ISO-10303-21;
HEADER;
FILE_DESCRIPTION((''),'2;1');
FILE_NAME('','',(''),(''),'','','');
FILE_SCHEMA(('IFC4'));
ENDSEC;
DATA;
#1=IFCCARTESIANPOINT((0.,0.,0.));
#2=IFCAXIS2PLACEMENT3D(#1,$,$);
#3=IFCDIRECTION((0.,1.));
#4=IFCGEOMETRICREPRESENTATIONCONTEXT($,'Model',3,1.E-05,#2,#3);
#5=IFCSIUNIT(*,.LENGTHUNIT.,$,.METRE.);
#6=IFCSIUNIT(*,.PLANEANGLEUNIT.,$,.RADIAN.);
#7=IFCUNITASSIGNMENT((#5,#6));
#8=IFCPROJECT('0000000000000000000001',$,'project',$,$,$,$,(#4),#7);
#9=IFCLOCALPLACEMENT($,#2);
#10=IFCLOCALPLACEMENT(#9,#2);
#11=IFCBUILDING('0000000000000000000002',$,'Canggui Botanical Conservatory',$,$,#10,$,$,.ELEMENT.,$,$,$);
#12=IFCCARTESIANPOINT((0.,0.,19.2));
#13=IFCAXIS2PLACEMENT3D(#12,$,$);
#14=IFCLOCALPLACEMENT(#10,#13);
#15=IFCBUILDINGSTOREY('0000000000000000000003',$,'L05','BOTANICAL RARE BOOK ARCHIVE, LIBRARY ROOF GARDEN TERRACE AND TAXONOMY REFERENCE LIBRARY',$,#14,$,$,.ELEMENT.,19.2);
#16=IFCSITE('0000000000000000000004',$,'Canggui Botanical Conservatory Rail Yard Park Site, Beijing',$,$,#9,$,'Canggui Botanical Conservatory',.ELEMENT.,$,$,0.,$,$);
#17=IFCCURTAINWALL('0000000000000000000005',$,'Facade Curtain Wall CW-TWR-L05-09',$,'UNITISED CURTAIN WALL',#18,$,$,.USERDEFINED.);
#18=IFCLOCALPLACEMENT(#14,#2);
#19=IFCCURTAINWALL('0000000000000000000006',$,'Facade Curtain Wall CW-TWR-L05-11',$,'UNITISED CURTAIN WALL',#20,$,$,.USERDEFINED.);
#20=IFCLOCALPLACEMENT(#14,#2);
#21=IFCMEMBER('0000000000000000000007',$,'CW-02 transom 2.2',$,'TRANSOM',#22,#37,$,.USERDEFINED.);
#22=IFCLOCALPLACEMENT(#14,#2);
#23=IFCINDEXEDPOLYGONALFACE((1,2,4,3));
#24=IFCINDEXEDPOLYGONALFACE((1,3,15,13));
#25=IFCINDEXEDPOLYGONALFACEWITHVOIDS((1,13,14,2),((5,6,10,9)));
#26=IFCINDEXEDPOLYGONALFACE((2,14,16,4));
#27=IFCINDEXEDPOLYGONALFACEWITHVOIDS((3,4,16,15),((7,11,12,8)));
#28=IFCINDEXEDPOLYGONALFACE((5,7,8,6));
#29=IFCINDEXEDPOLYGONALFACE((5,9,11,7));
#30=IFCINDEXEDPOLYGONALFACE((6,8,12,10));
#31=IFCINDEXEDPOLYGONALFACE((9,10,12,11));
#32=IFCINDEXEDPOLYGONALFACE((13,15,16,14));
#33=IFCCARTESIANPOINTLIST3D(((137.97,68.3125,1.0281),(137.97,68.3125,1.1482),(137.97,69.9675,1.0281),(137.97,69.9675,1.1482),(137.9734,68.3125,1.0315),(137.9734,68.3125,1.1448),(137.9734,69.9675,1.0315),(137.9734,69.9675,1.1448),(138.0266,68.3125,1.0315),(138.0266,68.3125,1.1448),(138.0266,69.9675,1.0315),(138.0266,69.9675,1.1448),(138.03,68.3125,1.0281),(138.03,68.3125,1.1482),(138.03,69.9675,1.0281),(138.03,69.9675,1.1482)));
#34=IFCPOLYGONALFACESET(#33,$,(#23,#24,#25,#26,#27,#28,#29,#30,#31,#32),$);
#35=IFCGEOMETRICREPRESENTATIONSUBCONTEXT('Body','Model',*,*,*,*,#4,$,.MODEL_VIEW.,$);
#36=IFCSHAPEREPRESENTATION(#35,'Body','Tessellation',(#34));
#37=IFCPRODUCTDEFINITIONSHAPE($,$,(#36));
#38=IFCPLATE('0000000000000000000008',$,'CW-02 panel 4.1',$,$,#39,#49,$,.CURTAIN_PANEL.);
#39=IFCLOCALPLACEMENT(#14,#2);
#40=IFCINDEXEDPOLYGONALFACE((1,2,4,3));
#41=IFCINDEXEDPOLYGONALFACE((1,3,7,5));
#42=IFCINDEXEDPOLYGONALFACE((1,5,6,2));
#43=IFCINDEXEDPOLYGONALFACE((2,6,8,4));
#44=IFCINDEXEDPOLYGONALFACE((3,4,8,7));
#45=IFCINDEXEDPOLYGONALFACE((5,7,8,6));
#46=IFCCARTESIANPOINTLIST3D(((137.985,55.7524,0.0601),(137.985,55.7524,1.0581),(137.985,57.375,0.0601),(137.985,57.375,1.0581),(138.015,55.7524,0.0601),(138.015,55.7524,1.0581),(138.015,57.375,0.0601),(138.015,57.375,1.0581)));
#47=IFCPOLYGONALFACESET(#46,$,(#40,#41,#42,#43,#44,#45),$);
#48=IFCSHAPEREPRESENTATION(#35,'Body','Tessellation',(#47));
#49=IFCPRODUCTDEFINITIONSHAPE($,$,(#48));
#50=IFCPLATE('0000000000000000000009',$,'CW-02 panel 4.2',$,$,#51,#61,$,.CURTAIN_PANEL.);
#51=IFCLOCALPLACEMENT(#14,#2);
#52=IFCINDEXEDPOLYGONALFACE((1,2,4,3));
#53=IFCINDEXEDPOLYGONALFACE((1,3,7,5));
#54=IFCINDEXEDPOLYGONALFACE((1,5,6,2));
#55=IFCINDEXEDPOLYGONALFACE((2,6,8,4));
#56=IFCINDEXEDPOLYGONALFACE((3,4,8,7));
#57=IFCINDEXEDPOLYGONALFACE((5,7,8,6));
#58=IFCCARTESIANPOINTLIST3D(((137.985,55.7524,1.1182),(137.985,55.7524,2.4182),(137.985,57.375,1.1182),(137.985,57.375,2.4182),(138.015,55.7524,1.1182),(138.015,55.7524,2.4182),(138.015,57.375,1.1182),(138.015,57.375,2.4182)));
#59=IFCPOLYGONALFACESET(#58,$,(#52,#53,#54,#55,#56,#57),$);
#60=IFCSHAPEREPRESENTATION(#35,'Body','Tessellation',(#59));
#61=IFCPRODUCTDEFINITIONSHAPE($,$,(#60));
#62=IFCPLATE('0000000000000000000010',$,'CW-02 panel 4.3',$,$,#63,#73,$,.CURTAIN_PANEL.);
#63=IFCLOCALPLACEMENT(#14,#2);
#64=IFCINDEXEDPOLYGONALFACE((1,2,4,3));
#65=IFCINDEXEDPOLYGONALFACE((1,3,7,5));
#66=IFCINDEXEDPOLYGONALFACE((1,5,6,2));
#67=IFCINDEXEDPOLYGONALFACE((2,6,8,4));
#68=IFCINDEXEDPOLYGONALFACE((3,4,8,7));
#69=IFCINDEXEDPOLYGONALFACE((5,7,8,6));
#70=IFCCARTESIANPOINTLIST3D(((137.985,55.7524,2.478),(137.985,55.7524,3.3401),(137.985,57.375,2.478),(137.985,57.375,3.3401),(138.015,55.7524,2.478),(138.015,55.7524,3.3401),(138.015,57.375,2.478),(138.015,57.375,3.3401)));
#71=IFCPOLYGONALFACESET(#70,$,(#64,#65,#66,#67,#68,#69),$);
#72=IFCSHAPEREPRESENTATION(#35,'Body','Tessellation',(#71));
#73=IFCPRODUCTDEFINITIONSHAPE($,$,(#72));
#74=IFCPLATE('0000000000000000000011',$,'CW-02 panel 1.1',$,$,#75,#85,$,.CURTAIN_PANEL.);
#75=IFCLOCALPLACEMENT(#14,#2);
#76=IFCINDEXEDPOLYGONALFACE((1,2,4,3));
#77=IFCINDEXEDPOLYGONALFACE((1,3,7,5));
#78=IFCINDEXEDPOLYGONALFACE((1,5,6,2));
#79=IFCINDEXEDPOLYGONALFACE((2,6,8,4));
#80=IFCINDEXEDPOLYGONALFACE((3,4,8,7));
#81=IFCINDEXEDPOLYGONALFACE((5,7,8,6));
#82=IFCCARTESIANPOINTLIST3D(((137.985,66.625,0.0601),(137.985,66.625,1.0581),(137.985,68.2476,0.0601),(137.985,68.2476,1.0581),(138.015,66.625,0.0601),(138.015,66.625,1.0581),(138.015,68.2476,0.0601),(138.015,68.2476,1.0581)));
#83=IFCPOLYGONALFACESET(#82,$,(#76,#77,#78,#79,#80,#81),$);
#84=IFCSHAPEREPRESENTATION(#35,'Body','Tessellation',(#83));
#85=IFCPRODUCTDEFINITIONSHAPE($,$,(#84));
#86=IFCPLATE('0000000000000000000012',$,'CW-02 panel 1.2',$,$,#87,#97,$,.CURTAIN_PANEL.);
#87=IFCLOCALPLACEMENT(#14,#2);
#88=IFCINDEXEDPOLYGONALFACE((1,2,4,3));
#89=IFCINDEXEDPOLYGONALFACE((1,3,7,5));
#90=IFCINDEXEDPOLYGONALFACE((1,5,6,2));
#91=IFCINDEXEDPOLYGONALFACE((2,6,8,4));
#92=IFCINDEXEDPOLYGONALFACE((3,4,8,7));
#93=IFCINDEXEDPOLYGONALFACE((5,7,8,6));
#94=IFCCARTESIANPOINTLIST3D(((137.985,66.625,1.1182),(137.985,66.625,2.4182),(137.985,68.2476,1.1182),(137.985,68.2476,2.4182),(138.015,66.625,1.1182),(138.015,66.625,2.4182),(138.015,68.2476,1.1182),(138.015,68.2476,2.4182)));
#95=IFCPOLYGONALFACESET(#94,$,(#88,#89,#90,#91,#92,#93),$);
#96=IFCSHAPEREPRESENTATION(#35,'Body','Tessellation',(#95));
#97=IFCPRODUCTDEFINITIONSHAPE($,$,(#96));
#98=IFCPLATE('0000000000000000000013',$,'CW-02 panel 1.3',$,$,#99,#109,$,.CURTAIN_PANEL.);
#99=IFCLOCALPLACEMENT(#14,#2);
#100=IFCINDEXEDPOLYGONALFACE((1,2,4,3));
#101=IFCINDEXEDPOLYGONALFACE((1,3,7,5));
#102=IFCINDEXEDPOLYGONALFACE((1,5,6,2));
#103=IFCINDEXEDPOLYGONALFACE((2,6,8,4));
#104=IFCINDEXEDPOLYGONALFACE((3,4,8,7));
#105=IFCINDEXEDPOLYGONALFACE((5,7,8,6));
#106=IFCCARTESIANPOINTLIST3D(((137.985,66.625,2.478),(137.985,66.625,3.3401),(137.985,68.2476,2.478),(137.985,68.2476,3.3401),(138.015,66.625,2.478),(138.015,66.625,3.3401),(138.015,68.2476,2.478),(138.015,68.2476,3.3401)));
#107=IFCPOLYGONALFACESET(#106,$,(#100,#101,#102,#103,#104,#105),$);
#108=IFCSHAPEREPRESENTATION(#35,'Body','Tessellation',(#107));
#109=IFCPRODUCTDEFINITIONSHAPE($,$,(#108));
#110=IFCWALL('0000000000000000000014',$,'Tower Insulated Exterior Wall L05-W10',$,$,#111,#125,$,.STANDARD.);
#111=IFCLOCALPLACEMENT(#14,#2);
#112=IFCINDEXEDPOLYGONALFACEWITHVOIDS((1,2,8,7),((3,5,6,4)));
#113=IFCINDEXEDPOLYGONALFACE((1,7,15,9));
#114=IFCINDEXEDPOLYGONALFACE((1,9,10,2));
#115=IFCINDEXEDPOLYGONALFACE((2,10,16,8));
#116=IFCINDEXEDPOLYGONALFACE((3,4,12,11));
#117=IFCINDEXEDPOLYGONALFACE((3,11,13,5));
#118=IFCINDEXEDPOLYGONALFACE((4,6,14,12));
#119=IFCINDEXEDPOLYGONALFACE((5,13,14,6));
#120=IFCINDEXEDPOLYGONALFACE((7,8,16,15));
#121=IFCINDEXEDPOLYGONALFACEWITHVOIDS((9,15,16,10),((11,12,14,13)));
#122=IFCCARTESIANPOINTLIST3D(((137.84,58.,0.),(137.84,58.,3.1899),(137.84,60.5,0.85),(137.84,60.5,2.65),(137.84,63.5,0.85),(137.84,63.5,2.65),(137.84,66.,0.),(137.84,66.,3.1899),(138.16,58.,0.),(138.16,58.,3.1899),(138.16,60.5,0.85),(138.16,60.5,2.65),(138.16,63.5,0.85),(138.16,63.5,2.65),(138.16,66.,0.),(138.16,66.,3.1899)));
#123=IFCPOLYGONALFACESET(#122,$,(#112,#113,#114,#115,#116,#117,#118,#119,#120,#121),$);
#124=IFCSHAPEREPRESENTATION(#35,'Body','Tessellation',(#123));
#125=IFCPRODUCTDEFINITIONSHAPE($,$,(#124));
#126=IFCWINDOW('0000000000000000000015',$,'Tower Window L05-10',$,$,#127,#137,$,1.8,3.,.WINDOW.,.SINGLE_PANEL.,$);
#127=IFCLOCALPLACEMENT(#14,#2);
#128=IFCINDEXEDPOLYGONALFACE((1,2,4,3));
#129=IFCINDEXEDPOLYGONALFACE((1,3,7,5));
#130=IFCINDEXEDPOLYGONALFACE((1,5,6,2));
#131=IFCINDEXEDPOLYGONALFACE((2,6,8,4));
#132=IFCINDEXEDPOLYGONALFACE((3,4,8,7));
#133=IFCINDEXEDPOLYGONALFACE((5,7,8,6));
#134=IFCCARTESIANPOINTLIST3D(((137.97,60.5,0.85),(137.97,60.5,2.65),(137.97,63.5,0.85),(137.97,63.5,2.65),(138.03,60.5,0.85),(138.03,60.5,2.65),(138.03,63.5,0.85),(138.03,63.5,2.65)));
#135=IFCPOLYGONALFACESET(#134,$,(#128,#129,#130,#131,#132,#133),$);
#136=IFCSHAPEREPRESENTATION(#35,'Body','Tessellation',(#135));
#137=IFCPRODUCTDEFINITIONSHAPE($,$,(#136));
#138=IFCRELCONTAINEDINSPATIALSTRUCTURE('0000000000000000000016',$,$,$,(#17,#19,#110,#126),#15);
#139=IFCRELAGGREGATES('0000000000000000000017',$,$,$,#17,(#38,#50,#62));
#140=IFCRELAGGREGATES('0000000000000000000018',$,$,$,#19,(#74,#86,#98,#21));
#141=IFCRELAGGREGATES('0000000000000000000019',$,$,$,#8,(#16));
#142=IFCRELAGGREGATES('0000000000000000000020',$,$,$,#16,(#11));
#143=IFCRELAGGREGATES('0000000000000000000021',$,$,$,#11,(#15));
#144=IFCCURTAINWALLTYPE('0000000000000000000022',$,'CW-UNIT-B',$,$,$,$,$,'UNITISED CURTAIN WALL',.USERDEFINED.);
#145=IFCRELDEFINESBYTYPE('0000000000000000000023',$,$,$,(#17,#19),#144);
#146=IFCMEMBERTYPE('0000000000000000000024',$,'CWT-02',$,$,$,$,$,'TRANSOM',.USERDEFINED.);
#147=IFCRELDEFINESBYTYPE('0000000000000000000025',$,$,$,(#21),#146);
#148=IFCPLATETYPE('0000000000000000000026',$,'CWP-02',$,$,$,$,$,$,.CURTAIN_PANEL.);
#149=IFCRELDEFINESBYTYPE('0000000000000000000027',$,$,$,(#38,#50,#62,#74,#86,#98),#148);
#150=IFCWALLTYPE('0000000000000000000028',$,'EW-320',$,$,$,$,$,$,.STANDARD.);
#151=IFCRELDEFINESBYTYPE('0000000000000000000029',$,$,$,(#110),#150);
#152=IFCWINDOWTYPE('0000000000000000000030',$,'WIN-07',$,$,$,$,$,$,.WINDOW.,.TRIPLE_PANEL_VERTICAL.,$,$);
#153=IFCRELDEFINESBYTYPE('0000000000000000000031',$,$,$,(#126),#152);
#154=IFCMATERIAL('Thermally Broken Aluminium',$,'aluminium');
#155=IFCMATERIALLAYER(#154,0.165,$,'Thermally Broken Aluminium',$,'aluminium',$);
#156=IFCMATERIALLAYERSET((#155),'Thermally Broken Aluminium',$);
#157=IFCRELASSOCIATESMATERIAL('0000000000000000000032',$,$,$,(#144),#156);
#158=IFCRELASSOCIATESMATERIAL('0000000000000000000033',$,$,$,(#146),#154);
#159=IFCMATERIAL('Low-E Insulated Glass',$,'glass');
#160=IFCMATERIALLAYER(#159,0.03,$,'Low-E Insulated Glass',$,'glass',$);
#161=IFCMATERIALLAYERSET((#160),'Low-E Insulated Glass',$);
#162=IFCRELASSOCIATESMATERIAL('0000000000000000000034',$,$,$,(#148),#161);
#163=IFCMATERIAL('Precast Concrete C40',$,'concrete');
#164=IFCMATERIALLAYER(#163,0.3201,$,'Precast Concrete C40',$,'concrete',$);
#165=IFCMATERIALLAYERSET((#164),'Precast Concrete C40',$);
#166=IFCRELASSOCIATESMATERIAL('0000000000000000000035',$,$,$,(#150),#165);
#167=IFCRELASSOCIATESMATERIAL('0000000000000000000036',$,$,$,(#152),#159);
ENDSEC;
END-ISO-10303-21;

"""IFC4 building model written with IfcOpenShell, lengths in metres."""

from ifc_helpers import new_model, si_unit, direction, frame, frame_2d, origin, origin_2d, place, context, subcontext, project, spatial, rectangle, hollow_rectangle, extrude, material, layer, layer_set, material_profile, profile_set, type_object, element, fill, aggregate, save


model = new_model("IFC4")

# Units and contexts
model_context = context("Model", 3, precision=1e-05, world=origin(), true_north=direction((0.0, 1.0)))
body_context = subcontext(model_context, "Body", "Model", "MODEL_VIEW")
ifc_project = project(units=[si_unit("LENGTHUNIT", "METRE"), si_unit("PLANEANGLEUNIT", "RADIAN")], contexts=[model_context])

# Site, building, storey
site_placement = place(None, origin())
site = spatial("IfcSite", under=ifc_project, at=site_placement, Name="Canggui Botanical Conservatory Rail Yard Park Site, Beijing", LongName="Canggui Botanical Conservatory", CompositionType="ELEMENT", RefElevation=0.0)
building_placement = place(site_placement, origin())
building = spatial("IfcBuilding", under=site, at=building_placement, Name="Canggui Botanical Conservatory", CompositionType="ELEMENT")
storey_placement = place(building_placement, frame((0.0, 0.0, 19.2)))
storey = spatial("IfcBuildingStorey", under=building, at=storey_placement, Name="L05", Description="BOTANICAL RARE BOOK ARCHIVE, LIBRARY ROOF GARDEN TERRACE AND TAXONOMY REFERENCE LIBRARY", CompositionType="ELEMENT", Elevation=19.2)

# Curtain wall
ifc_material_1 = material(Name="Thermally Broken Aluminium", Category="aluminium")
ifc_layer_1 = layer(ifc_material_1, 0.165, Name="Thermally Broken Aluminium", Category="aluminium")
ifc_layer_set_1 = layer_set([ifc_layer_1], Name="Thermally Broken Aluminium")
curtain_wall_type = type_object("IfcCurtainWallType", Name="CW-UNIT-B", ElementType="UNITISED CURTAIN WALL", PredefinedType="USERDEFINED", material=ifc_layer_set_1)
curtain_wall_1_placement = place(storey_placement, origin())
curtain_wall_1 = element("IfcCurtainWall", 1, at=curtain_wall_1_placement, inside=storey, type_object=curtain_wall_type, Name="Facade Curtain Wall CW-TWR-L05-09", ObjectType="UNITISED CURTAIN WALL", PredefinedType="USERDEFINED")

# Curtain wall
curtain_wall_2_placement = place(storey_placement, origin())
curtain_wall_2 = element("IfcCurtainWall", 2, at=curtain_wall_2_placement, inside=storey, type_object=curtain_wall_type, Name="Facade Curtain Wall CW-TWR-L05-11", ObjectType="UNITISED CURTAIN WALL", PredefinedType="USERDEFINED")

# Member
ifc_material_profile_1 = material_profile(ifc_material_1, hollow_rectangle(XDim=0.0601, YDim=0.1201, WallThickness=0.0034, at=origin_2d()), Name="CWT 60x120x3.5")
ifc_profile_set_1 = profile_set([ifc_material_profile_1], Name="Thermally Broken Aluminium")
member_type_1 = type_object("IfcMemberType", Name="CWT-02", ElementType="TRANSOM", PredefinedType="USERDEFINED", material=ifc_profile_set_1)
member_1_placement = place(storey_placement, frame((138.0, 68.3125, 1.0881), z_axis=(0.0, 1.0, 0.0), x_axis=(-1.0, 0.0, 0.0)))
member_1 = element("IfcMember", 3, at=member_1_placement, type_object=member_type_1, Name="CW-02 transom 2.2", ObjectType="TRANSOM", PredefinedType="USERDEFINED", context=body_context, shape_type="SweptSolid", body=[
    extrude(hollow_rectangle(XDim=0.0601, YDim=0.1201, WallThickness=0.0034, at=origin_2d()), origin(), (0.0, 0.0, 1.0), 1.655),
])

# Plates
ifc_material_2 = material(Name="Low-E Insulated Glass", Category="glass")
ifc_layer_2 = layer(ifc_material_2, 0.03, Name="Low-E Insulated Glass", Category="glass")
ifc_layer_set_2 = layer_set([ifc_layer_2], Name="Low-E Insulated Glass")
plate_type = type_object("IfcPlateType", Name="CWP-02", PredefinedType="CURTAIN_PANEL", material=ifc_layer_set_2)
plate_1_placement = place(storey_placement, frame((138.0, 56.5637, 0.0601), z_axis=(0.0, 0.0, 1.0), x_axis=(0.0, 1.0, 0.0)))
plate_1 = element("IfcPlate", 4, at=plate_1_placement, type_object=plate_type, Name="CW-02 panel 4.1", PredefinedType="CURTAIN_PANEL", context=body_context, shape_type="SweptSolid", body=[
    extrude(rectangle(XDim=1.6226, YDim=0.03, at=origin_2d()), origin(), (0.0, 0.0, 1.0), 0.998),
])
plate_2_placement = place(storey_placement, frame((138.0, 56.5637, 1.1182), z_axis=(0.0, 0.0, 1.0), x_axis=(0.0, 1.0, 0.0)))
plate_2 = element("IfcPlate", 5, at=plate_2_placement, type_object=plate_type, Name="CW-02 panel 4.2", PredefinedType="CURTAIN_PANEL", context=body_context, shape_type="SweptSolid", body=[
    extrude(rectangle(XDim=1.6226, YDim=0.03, at=origin_2d()), origin(), (0.0, 0.0, 1.0), 1.3),
])
plate_3_placement = place(storey_placement, frame((138.0, 56.5637, 2.478), z_axis=(0.0, 0.0, 1.0), x_axis=(0.0, 1.0, 0.0)))
plate_3 = element("IfcPlate", 6, at=plate_3_placement, type_object=plate_type, Name="CW-02 panel 4.3", PredefinedType="CURTAIN_PANEL", context=body_context, shape_type="SweptSolid", body=[
    extrude(rectangle(XDim=1.6226, YDim=0.03, at=origin_2d()), origin(), (0.0, 0.0, 1.0), 0.8621),
])
aggregate(curtain_wall_1, [plate_1, plate_2, plate_3])
plate_4_placement = place(storey_placement, frame((138.0, 67.4363, 0.0601), z_axis=(0.0, 0.0, 1.0), x_axis=(0.0, 1.0, 0.0)))
plate_4 = element("IfcPlate", 7, at=plate_4_placement, type_object=plate_type, Name="CW-02 panel 1.1", PredefinedType="CURTAIN_PANEL", context=body_context, shape_type="SweptSolid", body=[
    extrude(rectangle(XDim=1.6226, YDim=0.03, at=origin_2d()), origin(), (0.0, 0.0, 1.0), 0.998),
])
plate_5_placement = place(storey_placement, frame((138.0, 67.4363, 1.1182), z_axis=(0.0, 0.0, 1.0), x_axis=(0.0, 1.0, 0.0)))
plate_5 = element("IfcPlate", 8, at=plate_5_placement, type_object=plate_type, Name="CW-02 panel 1.2", PredefinedType="CURTAIN_PANEL", context=body_context, shape_type="SweptSolid", body=[
    extrude(rectangle(XDim=1.6226, YDim=0.03, at=origin_2d()), origin(), (0.0, 0.0, 1.0), 1.3),
])
plate_6_placement = place(storey_placement, frame((138.0, 67.4363, 2.478), z_axis=(0.0, 0.0, 1.0), x_axis=(0.0, 1.0, 0.0)))
plate_6 = element("IfcPlate", 9, at=plate_6_placement, type_object=plate_type, Name="CW-02 panel 1.3", PredefinedType="CURTAIN_PANEL", context=body_context, shape_type="SweptSolid", body=[
    extrude(rectangle(XDim=1.6226, YDim=0.03, at=origin_2d()), origin(), (0.0, 0.0, 1.0), 0.8621),
])
aggregate(curtain_wall_2, [plate_4, plate_5, plate_6, member_1])

# Wall, opening, window
ifc_material_3 = material(Name="Precast Concrete C40", Category="concrete")
ifc_layer_3 = layer(ifc_material_3, 0.3201, Name="Precast Concrete C40", Category="concrete")
ifc_layer_set_3 = layer_set([ifc_layer_3], Name="Precast Concrete C40")
wall_type = type_object("IfcWallType", Name="EW-320", PredefinedType="STANDARD", material=ifc_layer_set_3)
wall_placement = place(storey_placement, frame((138.0, 58.0, 0.0), z_axis=(0.0, 0.0, 1.0), x_axis=(0.0, 1.0, 0.0)))
wall = element("IfcWall", 10, at=wall_placement, inside=storey, type_object=wall_type, Name="Tower Insulated Exterior Wall L05-W10", PredefinedType="STANDARD", context=body_context, shape_type="SweptSolid", body=[
    extrude(rectangle(XDim=8.0, YDim=0.3201, at=frame_2d((4.0, 0.0))), origin(), (0.0, 0.0, 1.0), 3.1899),
])
opening_placement = place(wall_placement, frame((2.5, 0.0, 0.8501)))
opening = element("IfcOpeningElement", 11, at=opening_placement, cuts=wall, PredefinedType="OPENING", context=body_context, shape_type="SweptSolid", body=[
    extrude(rectangle(XDim=3.0, YDim=1.8, at=frame_2d((1.5, 0.8999))), frame((0.0, 0.1699, 0.0), z_axis=(0.0, -1.0, 0.0), x_axis=(1.0, 0.0, 0.0)), (0.0, 0.0, 1.0), 0.3401),
])
window_type = type_object("IfcWindowType", Name="WIN-07", PartitioningType="TRIPLE_PANEL_VERTICAL", PredefinedType="WINDOW", material=ifc_material_2)
window_placement = place(opening_placement, origin())
window = element("IfcWindow", 12, at=window_placement, inside=storey, type_object=window_type, Name="Tower Window L05-10", OverallHeight=1.8, OverallWidth=3.0, PartitioningType="SINGLE_PANEL", PredefinedType="WINDOW", context=body_context, shape_type="SweptSolid", body=[
    extrude(rectangle(XDim=3.0, YDim=1.8, at=frame_2d((1.5, 0.8999))), frame((0.0, 0.03, 0.0), z_axis=(0.0, -1.0, 0.0), x_axis=(1.0, 0.0, 0.0)), (0.0, 0.0, 1.0), 0.0601),
])
fill(opening, window)

save(model, "model.ifc")
